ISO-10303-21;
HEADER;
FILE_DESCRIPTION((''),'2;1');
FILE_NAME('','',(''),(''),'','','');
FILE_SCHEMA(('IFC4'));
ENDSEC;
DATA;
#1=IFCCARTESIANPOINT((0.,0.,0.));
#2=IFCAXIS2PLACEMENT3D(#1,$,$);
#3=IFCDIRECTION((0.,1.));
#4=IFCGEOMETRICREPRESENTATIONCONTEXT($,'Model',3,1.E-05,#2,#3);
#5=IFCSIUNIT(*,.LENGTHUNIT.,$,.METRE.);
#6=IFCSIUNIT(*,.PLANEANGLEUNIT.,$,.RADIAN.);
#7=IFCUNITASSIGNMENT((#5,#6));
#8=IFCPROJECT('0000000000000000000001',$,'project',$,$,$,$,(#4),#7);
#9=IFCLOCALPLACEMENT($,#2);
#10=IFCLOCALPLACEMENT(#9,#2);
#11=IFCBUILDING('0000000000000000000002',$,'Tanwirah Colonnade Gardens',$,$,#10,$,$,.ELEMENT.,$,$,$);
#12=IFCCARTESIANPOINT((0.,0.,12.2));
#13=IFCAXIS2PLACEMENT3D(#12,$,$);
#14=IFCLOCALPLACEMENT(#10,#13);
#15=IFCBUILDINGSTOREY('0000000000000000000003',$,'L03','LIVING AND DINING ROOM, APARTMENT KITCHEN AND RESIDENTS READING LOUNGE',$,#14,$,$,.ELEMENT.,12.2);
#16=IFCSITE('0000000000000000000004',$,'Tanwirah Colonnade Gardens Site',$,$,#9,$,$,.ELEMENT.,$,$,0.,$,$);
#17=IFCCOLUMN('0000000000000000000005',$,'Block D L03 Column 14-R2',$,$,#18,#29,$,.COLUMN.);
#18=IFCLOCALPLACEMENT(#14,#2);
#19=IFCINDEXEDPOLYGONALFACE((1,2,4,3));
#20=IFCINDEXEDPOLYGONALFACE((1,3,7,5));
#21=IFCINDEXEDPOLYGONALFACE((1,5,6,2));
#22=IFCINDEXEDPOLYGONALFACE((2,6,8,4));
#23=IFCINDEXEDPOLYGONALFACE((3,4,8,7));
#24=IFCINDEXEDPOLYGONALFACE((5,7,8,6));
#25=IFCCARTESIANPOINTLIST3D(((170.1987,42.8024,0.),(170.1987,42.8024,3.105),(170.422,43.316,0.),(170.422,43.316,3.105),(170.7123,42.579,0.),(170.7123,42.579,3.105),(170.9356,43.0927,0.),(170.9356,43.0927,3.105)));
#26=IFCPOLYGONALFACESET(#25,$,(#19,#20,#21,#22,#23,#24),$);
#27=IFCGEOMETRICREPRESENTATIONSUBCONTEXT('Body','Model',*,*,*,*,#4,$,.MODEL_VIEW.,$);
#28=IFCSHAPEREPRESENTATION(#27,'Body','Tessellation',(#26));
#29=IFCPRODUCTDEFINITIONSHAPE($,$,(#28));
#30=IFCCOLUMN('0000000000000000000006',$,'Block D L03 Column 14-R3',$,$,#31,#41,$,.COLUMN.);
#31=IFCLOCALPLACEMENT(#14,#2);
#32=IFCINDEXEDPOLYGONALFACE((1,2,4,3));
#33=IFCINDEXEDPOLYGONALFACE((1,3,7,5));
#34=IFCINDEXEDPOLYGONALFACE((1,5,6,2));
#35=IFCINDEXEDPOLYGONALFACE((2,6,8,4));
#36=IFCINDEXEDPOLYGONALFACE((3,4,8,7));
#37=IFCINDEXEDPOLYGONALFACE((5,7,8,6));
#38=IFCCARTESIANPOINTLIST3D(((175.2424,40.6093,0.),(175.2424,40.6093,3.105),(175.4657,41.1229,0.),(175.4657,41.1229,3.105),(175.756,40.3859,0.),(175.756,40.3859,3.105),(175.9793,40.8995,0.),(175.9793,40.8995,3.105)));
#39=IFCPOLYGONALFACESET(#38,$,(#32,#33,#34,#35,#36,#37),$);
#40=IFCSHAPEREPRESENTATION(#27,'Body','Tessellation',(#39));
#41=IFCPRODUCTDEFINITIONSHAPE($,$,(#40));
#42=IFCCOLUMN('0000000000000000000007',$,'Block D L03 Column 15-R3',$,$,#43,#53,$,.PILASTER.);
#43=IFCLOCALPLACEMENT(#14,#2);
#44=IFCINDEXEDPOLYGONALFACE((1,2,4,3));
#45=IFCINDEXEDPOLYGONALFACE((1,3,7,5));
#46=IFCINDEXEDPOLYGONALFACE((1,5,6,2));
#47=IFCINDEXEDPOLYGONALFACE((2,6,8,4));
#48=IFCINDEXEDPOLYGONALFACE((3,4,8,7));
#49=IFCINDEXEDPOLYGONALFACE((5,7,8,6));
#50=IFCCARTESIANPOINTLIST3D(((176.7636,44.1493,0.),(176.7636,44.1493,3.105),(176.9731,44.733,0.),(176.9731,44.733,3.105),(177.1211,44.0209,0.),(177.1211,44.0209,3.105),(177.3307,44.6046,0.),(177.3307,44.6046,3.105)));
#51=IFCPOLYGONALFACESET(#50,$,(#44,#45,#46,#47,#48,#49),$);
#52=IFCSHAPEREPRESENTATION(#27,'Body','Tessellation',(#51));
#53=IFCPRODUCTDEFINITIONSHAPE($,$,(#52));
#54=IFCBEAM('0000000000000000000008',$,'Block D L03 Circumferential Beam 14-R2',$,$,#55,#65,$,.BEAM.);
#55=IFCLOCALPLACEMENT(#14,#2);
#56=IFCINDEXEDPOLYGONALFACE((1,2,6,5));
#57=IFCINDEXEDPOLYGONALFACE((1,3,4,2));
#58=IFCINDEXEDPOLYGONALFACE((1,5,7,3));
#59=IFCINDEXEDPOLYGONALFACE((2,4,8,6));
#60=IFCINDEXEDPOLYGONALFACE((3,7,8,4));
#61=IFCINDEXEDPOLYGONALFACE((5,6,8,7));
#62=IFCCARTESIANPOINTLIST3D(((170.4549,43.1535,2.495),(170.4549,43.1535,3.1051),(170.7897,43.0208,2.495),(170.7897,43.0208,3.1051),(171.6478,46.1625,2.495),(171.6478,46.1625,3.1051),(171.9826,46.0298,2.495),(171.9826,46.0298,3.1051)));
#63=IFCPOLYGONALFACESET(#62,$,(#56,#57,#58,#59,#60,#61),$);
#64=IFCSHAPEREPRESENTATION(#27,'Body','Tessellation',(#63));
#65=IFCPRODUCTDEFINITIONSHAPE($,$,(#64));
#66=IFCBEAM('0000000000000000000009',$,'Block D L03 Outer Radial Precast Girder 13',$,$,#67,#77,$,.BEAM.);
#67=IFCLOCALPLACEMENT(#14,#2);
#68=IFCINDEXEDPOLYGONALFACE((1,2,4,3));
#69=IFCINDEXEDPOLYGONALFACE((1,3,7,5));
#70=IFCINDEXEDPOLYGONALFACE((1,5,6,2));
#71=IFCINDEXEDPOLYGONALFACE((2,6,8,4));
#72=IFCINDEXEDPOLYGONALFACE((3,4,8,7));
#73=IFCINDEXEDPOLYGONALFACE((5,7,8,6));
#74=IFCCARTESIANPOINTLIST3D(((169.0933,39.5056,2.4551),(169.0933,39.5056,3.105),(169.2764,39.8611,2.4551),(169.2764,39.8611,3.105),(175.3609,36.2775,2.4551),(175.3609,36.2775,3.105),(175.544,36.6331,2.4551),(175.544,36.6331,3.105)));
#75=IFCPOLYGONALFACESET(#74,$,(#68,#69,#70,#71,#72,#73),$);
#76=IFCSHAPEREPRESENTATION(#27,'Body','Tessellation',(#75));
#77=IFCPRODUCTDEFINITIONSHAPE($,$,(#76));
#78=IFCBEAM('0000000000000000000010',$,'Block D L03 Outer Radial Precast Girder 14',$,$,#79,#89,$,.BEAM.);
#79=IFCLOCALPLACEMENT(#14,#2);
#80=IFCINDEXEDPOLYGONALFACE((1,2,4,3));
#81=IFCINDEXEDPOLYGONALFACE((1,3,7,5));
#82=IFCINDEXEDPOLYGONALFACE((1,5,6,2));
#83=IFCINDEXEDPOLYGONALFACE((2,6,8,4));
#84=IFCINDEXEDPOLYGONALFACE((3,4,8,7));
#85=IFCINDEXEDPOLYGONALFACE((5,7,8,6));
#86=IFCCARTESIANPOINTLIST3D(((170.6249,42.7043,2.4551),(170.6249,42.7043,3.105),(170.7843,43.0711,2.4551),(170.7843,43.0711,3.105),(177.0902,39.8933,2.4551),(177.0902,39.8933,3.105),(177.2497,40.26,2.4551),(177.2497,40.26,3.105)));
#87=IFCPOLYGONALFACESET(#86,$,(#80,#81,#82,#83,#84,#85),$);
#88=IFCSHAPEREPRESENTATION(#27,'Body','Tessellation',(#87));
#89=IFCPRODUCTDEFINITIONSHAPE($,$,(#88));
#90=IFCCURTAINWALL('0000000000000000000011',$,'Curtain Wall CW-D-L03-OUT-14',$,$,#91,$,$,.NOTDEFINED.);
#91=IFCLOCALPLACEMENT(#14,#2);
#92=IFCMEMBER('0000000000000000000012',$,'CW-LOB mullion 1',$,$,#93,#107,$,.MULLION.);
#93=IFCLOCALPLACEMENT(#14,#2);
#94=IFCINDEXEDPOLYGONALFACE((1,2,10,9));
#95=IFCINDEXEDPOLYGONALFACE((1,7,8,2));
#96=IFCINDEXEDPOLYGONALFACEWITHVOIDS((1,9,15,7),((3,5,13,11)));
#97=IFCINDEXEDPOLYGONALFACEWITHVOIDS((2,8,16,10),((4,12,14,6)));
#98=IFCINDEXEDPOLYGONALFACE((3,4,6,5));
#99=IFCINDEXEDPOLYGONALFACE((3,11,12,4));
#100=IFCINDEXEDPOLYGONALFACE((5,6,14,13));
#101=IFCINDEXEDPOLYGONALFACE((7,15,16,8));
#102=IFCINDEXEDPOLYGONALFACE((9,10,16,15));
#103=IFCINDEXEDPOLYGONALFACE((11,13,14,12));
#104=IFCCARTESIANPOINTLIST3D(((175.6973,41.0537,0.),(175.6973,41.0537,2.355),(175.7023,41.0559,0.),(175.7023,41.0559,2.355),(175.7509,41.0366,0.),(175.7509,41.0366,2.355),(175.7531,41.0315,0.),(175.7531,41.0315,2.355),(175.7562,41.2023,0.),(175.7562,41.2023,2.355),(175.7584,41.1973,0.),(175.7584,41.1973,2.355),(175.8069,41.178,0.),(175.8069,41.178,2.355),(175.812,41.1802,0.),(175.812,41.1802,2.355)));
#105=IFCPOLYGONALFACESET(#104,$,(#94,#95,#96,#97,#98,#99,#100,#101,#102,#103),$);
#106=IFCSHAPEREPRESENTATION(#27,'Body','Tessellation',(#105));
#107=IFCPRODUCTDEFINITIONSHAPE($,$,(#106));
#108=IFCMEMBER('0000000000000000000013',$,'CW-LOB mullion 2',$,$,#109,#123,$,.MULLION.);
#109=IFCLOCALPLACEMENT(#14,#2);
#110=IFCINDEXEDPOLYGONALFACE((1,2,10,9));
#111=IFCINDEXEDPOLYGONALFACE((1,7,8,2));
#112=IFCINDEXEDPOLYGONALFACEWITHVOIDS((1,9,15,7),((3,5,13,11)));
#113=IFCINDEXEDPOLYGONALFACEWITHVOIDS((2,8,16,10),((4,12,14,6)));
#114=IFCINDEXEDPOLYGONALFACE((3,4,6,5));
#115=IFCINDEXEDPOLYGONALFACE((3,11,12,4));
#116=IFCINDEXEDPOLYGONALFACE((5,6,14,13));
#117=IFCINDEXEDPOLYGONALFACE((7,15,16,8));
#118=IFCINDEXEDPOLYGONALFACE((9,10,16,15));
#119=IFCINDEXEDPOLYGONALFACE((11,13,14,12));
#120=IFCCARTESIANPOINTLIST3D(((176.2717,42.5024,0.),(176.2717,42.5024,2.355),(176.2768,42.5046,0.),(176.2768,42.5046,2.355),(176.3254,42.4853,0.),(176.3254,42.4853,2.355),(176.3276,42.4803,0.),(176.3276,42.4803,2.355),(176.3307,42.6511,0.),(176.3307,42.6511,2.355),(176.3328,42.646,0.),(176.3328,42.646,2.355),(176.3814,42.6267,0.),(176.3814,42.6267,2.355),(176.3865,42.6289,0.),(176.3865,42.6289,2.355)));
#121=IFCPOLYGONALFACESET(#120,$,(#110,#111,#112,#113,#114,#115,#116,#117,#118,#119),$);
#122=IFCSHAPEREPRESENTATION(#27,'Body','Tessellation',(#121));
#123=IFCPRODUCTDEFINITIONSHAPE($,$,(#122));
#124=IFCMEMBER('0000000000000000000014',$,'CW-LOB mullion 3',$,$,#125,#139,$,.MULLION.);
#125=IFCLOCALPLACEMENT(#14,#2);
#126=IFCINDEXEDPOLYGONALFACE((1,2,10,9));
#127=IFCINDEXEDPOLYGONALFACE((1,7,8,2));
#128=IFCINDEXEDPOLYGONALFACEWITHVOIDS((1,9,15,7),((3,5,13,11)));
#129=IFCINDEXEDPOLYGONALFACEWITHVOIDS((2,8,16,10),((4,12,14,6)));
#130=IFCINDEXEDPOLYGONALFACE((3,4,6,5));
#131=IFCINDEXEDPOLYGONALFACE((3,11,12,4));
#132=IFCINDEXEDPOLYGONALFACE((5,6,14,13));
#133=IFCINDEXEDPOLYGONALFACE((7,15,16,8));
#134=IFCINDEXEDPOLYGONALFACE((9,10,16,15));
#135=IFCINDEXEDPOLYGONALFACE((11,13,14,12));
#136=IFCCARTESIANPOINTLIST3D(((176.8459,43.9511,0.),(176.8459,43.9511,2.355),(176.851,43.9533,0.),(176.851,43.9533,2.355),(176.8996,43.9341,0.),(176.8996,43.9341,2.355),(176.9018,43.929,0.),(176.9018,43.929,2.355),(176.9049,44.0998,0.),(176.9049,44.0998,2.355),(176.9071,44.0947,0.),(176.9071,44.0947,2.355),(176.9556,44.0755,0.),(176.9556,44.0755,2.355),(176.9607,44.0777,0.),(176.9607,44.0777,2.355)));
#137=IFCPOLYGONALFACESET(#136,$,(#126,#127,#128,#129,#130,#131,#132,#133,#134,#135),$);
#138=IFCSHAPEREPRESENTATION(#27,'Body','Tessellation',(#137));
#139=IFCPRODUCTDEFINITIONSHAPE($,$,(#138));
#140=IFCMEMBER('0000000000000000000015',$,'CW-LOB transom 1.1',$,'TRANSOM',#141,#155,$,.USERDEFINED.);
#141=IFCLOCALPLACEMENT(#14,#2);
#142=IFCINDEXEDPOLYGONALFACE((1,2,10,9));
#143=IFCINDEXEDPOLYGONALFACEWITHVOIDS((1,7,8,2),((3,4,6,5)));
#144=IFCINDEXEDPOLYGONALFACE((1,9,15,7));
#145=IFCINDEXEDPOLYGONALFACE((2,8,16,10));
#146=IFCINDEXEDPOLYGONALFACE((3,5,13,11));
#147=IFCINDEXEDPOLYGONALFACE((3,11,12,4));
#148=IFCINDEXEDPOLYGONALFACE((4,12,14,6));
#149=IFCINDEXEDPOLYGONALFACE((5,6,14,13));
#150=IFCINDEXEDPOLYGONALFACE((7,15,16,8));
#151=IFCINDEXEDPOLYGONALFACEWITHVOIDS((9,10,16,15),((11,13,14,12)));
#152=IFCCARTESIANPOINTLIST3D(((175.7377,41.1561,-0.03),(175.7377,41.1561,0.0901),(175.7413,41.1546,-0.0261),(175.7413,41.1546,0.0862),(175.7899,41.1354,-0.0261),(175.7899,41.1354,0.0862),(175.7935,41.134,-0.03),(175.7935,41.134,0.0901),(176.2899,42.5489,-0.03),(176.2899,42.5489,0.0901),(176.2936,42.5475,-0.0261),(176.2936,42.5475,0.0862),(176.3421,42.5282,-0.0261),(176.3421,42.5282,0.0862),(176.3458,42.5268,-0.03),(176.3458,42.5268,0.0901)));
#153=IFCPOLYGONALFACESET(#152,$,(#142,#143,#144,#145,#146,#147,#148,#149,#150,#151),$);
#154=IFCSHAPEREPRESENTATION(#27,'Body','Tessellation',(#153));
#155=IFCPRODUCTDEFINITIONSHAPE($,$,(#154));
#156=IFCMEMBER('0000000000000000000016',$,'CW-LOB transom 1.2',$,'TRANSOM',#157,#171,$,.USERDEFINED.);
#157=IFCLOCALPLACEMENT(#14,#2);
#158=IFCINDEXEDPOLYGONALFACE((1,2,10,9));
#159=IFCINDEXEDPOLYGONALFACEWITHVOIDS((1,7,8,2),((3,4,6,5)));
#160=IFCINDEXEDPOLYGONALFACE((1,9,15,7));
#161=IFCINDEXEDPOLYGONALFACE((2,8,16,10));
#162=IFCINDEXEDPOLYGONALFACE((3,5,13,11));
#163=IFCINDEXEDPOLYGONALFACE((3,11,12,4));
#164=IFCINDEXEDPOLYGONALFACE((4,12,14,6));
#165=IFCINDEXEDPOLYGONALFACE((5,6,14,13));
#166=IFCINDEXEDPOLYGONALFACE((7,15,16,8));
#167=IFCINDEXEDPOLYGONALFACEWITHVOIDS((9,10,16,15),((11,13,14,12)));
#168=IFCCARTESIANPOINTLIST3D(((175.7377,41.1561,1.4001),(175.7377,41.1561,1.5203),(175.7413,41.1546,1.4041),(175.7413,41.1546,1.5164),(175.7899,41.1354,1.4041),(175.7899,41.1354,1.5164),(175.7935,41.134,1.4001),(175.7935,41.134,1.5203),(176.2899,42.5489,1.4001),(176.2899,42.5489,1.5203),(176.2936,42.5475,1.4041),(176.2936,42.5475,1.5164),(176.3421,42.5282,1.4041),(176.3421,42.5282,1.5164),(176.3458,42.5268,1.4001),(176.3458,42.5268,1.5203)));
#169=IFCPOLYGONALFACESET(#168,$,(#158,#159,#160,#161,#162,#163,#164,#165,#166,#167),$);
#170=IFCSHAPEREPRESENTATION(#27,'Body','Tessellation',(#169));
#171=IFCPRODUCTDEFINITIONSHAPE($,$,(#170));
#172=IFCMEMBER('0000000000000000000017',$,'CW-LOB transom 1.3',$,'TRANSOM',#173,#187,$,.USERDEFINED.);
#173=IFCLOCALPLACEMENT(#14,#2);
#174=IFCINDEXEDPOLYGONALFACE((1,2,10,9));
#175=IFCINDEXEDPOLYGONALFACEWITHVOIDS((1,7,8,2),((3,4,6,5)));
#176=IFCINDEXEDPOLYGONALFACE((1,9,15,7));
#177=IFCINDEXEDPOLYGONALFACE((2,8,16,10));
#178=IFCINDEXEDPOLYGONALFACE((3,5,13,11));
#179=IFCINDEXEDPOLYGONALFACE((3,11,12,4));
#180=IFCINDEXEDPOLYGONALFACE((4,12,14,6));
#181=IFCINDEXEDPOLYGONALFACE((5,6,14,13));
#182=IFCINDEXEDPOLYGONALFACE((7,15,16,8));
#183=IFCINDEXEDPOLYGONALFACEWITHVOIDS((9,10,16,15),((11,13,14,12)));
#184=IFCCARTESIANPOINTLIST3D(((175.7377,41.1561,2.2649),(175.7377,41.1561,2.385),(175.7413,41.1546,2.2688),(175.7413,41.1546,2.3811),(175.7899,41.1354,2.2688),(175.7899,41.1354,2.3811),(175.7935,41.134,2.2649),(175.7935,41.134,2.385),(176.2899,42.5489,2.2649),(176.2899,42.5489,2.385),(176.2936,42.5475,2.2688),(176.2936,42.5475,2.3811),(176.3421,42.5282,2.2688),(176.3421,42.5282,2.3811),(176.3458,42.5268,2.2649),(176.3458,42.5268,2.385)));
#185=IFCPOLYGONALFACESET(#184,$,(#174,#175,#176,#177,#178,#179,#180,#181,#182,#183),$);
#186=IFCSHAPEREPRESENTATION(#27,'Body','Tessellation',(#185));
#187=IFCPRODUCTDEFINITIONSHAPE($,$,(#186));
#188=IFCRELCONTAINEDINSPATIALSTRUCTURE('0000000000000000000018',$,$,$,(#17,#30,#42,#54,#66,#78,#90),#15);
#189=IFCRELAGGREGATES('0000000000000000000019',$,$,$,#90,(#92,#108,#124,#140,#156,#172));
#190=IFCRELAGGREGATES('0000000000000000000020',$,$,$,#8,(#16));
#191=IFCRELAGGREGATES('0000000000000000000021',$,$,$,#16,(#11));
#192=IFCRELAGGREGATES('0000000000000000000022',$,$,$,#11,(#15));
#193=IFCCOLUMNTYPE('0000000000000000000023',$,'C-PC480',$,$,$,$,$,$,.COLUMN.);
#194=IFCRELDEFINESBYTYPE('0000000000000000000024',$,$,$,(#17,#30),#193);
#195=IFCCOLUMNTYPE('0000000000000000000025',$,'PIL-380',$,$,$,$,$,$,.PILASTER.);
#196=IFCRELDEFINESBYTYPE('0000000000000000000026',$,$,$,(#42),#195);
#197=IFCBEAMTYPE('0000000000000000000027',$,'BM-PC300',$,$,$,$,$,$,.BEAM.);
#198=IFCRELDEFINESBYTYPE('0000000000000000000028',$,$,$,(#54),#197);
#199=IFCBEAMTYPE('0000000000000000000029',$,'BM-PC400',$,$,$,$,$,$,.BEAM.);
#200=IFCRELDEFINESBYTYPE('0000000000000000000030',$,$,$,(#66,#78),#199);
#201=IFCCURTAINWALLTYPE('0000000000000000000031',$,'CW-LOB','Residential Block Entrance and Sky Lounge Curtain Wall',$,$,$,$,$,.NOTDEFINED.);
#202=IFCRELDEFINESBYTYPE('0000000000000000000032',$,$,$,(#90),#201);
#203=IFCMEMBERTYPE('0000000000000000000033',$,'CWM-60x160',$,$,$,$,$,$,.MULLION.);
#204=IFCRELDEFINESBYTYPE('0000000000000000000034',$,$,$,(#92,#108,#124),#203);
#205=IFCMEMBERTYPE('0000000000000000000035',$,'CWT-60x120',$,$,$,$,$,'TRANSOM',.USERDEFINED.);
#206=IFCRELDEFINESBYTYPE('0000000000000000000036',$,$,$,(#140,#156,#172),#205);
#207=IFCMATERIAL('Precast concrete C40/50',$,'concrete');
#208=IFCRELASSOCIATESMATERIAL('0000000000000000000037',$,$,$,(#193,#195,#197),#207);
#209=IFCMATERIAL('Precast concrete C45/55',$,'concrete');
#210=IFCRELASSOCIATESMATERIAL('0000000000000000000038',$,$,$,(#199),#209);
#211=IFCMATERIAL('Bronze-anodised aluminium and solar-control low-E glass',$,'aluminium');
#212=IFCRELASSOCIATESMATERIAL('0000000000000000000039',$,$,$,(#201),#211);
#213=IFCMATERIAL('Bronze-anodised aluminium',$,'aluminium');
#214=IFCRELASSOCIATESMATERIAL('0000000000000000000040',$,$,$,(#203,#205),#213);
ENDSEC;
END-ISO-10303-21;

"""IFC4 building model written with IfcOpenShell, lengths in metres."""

from ifc_helpers import new_model, si_unit, direction, frame, origin, origin_2d, place, context, subcontext, project, spatial, rectangle, hollow_rectangle, extrude, material, material_profile, profile_set, type_object, element, aggregate, save


model = new_model("IFC4")

# Units and contexts
model_context = context("Model", 3, precision=1e-05, world=origin(), true_north=direction((0.0, 1.0)))
body_context = subcontext(model_context, "Body", "Model", "MODEL_VIEW")
ifc_project = project(units=[si_unit("LENGTHUNIT", "METRE"), si_unit("PLANEANGLEUNIT", "RADIAN")], contexts=[model_context])

# Site, building, storey
site_placement = place(None, origin())
site = spatial("IfcSite", under=ifc_project, at=site_placement, Name="Tanwirah Colonnade Gardens Site", CompositionType="ELEMENT", RefElevation=0.0)
building_placement = place(site_placement, origin())
building = spatial("IfcBuilding", under=site, at=building_placement, Name="Tanwirah Colonnade Gardens", CompositionType="ELEMENT")
storey_placement = place(building_placement, frame((0.0, 0.0, 12.2)))
storey = spatial("IfcBuildingStorey", under=building, at=storey_placement, Name="L03", Description="LIVING AND DINING ROOM, APARTMENT KITCHEN AND RESIDENTS READING LOUNGE", CompositionType="ELEMENT", Elevation=12.2)

# Columns
ifc_material_1 = material(Name="Precast concrete C40/50", Category="concrete")
ifc_material_profile_1 = material_profile(ifc_material_1, rectangle(XDim=0.5601, YDim=0.5601, at=origin_2d()), Name="PC-COL 560x560")
ifc_profile_set_1 = profile_set([ifc_material_profile_1], Name="Precast concrete C40/50")
column_type_1 = type_object("IfcColumnType", Name="C-PC480", PredefinedType="COLUMN", material=ifc_profile_set_1)
for number, where, z_axis, x_axis, name in (
    (1, (170.5671, 42.9475, 0.0), (0.0, 0.0, 1.0), (0.91706, -0.398749, 0.0), "Block D L03 Column 14-R2"),
    (2, (175.6108, 40.7544, 0.0), (0.0, 0.0, 1.0), (0.91706, -0.398749, 0.0), "Block D L03 Column 14-R3"),
):
    element("IfcColumn", number, at=place(storey_placement, frame(where, z_axis=z_axis, x_axis=x_axis)), inside=storey, type_object=column_type_1, Name=name, PredefinedType="COLUMN", context=body_context, shape_type="SweptSolid", body=[
        extrude(rectangle(XDim=0.5601, YDim=0.5601, at=origin_2d()), origin(), (0.0, 0.0, 1.0), 3.105),
    ])
ifc_material_profile_2 = material_profile(ifc_material_1, rectangle(XDim=0.3799, YDim=0.6201, at=origin_2d()), Name="PC-PIL 380x620")
ifc_profile_set_2 = profile_set([ifc_material_profile_2], Name="Precast concrete C40/50")
column_type_2 = type_object("IfcColumnType", Name="PIL-380", PredefinedType="PILASTER", material=ifc_profile_set_2)
column_placement = place(storey_placement, frame((177.0471, 44.377, 0.0), z_axis=(0.0, 0.0, 1.0), x_axis=(0.941176, -0.337917, 0.0)))
element("IfcColumn", 3, at=column_placement, inside=storey, type_object=column_type_2, Name="Block D L03 Column 15-R3", PredefinedType="PILASTER", context=body_context, shape_type="SweptSolid", body=[
    extrude(rectangle(XDim=0.3799, YDim=0.6201, at=origin_2d()), origin(), (0.0, 0.0, 1.0), 3.105),
])

# Beams
ifc_material_profile_3 = material_profile(ifc_material_1, rectangle(XDim=0.3601, YDim=0.6101, at=origin_2d()), Name="PC-BM 360x610")
ifc_profile_set_3 = profile_set([ifc_material_profile_3], Name="Precast concrete C40/50")
beam_type_1 = type_object("IfcBeamType", Name="BM-PC300", PredefinedType="BEAM", material=ifc_profile_set_3)
beam_1_placement = place(storey_placement, frame((170.6223, 43.0872, 2.8), z_axis=(0.368528, 0.929617, 0.0), x_axis=(-0.929617, 0.368528, 0.0)))
element("IfcBeam", 4, at=beam_1_placement, inside=storey, type_object=beam_type_1, Name="Block D L03 Circumferential Beam 14-R2", PredefinedType="BEAM", context=body_context, shape_type="SweptSolid", body=[
    extrude(rectangle(XDim=0.3601, YDim=0.6101, at=origin_2d()), origin(), (0.0, 0.0, 1.0), 3.2368),
])
ifc_material_2 = material(Name="Precast concrete C45/55", Category="concrete")
ifc_material_profile_4 = material_profile(ifc_material_2, rectangle(XDim=0.3999, YDim=0.6499, at=origin_2d()), Name="PC-BM 400x650")
ifc_profile_set_4 = profile_set([ifc_material_profile_4], Name="Precast concrete C45/55")
beam_type_2 = type_object("IfcBeamType", Name="BM-PC400", PredefinedType="BEAM", material=ifc_profile_set_4)
for number, where, z_axis, x_axis, name in (
    (5, (169.1848, 39.6833, 2.78), (0.889016, -0.457875, 0.0), (0.457875, 0.889016, 0.0), "Block D L03 Outer Radial Precast Girder 13"),
    (6, (170.7046, 42.8877, 2.78), (0.917069, -0.398729, 0.0), (0.398729, 0.917069, 0.0), "Block D L03 Outer Radial Precast Girder 14"),
):
    element("IfcBeam", number, at=place(storey_placement, frame(where, z_axis=z_axis, x_axis=x_axis)), inside=storey, type_object=beam_type_2, Name=name, PredefinedType="BEAM", context=body_context, shape_type="SweptSolid", body=[
        extrude(rectangle(XDim=0.3999, YDim=0.6499, at=origin_2d()), origin(), (0.0, 0.0, 1.0), 7.05),
    ])

# Curtain wall, members
ifc_material_3 = material(Name="Bronze-anodised aluminium and solar-control low-E glass", Category="aluminium")
curtain_wall_type = type_object("IfcCurtainWallType", Name="CW-LOB", Description="Residential Block Entrance and Sky Lounge Curtain Wall", PredefinedType="NOTDEFINED", material=ifc_material_3)
curtain_wall_placement = place(storey_placement, origin())
curtain_wall = element("IfcCurtainWall", 7, at=curtain_wall_placement, inside=storey, type_object=curtain_wall_type, Name="Curtain Wall CW-D-L03-OUT-14", PredefinedType="NOTDEFINED")
ifc_material_4 = material(Name="Bronze-anodised aluminium", Category="aluminium")
ifc_material_profile_5 = material_profile(ifc_material_4, hollow_rectangle(XDim=0.0601, YDim=0.1599, WallThickness=0.0039, at=origin_2d()), Name="CW-MUL 60x160x4")
ifc_profile_set_5 = profile_set([ifc_material_profile_5], Name="Bronze-anodised aluminium")
member_type_1 = type_object("IfcMemberType", Name="CWM-60x160", PredefinedType="MULLION", material=ifc_profile_set_5)
member_1_placement = place(storey_placement, frame((175.7546, 41.1169, 0.0), z_axis=(0.0, 0.0, 1.0), x_axis=(-0.929616, 0.368529, 0.0)))
member_1 = element("IfcMember", 8, at=member_1_placement, type_object=member_type_1, Name="CW-LOB mullion 1", PredefinedType="MULLION", context=body_context, shape_type="SweptSolid", body=[
    extrude(hollow_rectangle(XDim=0.0601, YDim=0.1599, WallThickness=0.0039, at=origin_2d()), origin(), (0.0, 0.0, 1.0), 2.355),
])
member_2_placement = place(storey_placement, frame((176.3291, 42.5657, 0.0), z_axis=(0.0, 0.0, 1.0), x_axis=(-0.929616, 0.368529, 0.0)))
member_2 = element("IfcMember", 9, at=member_2_placement, type_object=member_type_1, Name="CW-LOB mullion 2", PredefinedType="MULLION", context=body_context, shape_type="SweptSolid", body=[
    extrude(hollow_rectangle(XDim=0.0601, YDim=0.1599, WallThickness=0.0039, at=origin_2d()), origin(), (0.0, 0.0, 1.0), 2.355),
])
member_3_placement = place(storey_placement, frame((176.9033, 44.0144, 0.0), z_axis=(0.0, 0.0, 1.0), x_axis=(-0.929616, 0.368529, 0.0)))
member_3 = element("IfcMember", 10, at=member_3_placement, type_object=member_type_1, Name="CW-LOB mullion 3", PredefinedType="MULLION", context=body_context, shape_type="SweptSolid", body=[
    extrude(hollow_rectangle(XDim=0.0601, YDim=0.1599, WallThickness=0.0039, at=origin_2d()), origin(), (0.0, 0.0, 1.0), 2.355),
])
ifc_material_profile_6 = material_profile(ifc_material_4, hollow_rectangle(XDim=0.0601, YDim=0.1201, WallThickness=0.0039, at=origin_2d()), Name="CW-TRN 60x120x4")
ifc_profile_set_6 = profile_set([ifc_material_profile_6], Name="Bronze-anodised aluminium")
member_type_2 = type_object("IfcMemberType", Name="CWT-60x120", ElementType="TRANSOM", PredefinedType="USERDEFINED", material=ifc_profile_set_6)
member_4_placement = place(storey_placement, frame((175.7656, 41.145, 0.03), z_axis=(0.36858, 0.929596, 0.0), x_axis=(-0.929596, 0.36858, 0.0)))
member_4 = element("IfcMember", 11, at=member_4_placement, type_object=member_type_2, Name="CW-LOB transom 1.1", ObjectType="TRANSOM", PredefinedType="USERDEFINED", context=body_context, shape_type="SweptSolid", body=[
    extrude(hollow_rectangle(XDim=0.0601, YDim=0.1201, WallThickness=0.0039, at=origin_2d()), origin(), (0.0, 0.0, 1.0), 1.4983),
])
member_5_placement = place(storey_placement, frame((175.7656, 41.145, 1.4602), z_axis=(0.36858, 0.929596, 0.0), x_axis=(-0.929596, 0.36858, 0.0)))
member_5 = element("IfcMember", 12, at=member_5_placement, type_object=member_type_2, Name="CW-LOB transom 1.2", ObjectType="TRANSOM", PredefinedType="USERDEFINED", context=body_context, shape_type="SweptSolid", body=[
    extrude(hollow_rectangle(XDim=0.0601, YDim=0.1201, WallThickness=0.0039, at=origin_2d()), origin(), (0.0, 0.0, 1.0), 1.4983),
])
member_6_placement = place(storey_placement, frame((175.7656, 41.145, 2.325), z_axis=(0.36858, 0.929596, 0.0), x_axis=(-0.929596, 0.36858, 0.0)))
member_6 = element("IfcMember", 13, at=member_6_placement, type_object=member_type_2, Name="CW-LOB transom 1.3", ObjectType="TRANSOM", PredefinedType="USERDEFINED", context=body_context, shape_type="SweptSolid", body=[
    extrude(hollow_rectangle(XDim=0.0601, YDim=0.1201, WallThickness=0.0039, at=origin_2d()), origin(), (0.0, 0.0, 1.0), 1.4983),
])

aggregate(curtain_wall, [member_1, member_2, member_3, member_4, member_5, member_6])

save(model, "model.ifc")
